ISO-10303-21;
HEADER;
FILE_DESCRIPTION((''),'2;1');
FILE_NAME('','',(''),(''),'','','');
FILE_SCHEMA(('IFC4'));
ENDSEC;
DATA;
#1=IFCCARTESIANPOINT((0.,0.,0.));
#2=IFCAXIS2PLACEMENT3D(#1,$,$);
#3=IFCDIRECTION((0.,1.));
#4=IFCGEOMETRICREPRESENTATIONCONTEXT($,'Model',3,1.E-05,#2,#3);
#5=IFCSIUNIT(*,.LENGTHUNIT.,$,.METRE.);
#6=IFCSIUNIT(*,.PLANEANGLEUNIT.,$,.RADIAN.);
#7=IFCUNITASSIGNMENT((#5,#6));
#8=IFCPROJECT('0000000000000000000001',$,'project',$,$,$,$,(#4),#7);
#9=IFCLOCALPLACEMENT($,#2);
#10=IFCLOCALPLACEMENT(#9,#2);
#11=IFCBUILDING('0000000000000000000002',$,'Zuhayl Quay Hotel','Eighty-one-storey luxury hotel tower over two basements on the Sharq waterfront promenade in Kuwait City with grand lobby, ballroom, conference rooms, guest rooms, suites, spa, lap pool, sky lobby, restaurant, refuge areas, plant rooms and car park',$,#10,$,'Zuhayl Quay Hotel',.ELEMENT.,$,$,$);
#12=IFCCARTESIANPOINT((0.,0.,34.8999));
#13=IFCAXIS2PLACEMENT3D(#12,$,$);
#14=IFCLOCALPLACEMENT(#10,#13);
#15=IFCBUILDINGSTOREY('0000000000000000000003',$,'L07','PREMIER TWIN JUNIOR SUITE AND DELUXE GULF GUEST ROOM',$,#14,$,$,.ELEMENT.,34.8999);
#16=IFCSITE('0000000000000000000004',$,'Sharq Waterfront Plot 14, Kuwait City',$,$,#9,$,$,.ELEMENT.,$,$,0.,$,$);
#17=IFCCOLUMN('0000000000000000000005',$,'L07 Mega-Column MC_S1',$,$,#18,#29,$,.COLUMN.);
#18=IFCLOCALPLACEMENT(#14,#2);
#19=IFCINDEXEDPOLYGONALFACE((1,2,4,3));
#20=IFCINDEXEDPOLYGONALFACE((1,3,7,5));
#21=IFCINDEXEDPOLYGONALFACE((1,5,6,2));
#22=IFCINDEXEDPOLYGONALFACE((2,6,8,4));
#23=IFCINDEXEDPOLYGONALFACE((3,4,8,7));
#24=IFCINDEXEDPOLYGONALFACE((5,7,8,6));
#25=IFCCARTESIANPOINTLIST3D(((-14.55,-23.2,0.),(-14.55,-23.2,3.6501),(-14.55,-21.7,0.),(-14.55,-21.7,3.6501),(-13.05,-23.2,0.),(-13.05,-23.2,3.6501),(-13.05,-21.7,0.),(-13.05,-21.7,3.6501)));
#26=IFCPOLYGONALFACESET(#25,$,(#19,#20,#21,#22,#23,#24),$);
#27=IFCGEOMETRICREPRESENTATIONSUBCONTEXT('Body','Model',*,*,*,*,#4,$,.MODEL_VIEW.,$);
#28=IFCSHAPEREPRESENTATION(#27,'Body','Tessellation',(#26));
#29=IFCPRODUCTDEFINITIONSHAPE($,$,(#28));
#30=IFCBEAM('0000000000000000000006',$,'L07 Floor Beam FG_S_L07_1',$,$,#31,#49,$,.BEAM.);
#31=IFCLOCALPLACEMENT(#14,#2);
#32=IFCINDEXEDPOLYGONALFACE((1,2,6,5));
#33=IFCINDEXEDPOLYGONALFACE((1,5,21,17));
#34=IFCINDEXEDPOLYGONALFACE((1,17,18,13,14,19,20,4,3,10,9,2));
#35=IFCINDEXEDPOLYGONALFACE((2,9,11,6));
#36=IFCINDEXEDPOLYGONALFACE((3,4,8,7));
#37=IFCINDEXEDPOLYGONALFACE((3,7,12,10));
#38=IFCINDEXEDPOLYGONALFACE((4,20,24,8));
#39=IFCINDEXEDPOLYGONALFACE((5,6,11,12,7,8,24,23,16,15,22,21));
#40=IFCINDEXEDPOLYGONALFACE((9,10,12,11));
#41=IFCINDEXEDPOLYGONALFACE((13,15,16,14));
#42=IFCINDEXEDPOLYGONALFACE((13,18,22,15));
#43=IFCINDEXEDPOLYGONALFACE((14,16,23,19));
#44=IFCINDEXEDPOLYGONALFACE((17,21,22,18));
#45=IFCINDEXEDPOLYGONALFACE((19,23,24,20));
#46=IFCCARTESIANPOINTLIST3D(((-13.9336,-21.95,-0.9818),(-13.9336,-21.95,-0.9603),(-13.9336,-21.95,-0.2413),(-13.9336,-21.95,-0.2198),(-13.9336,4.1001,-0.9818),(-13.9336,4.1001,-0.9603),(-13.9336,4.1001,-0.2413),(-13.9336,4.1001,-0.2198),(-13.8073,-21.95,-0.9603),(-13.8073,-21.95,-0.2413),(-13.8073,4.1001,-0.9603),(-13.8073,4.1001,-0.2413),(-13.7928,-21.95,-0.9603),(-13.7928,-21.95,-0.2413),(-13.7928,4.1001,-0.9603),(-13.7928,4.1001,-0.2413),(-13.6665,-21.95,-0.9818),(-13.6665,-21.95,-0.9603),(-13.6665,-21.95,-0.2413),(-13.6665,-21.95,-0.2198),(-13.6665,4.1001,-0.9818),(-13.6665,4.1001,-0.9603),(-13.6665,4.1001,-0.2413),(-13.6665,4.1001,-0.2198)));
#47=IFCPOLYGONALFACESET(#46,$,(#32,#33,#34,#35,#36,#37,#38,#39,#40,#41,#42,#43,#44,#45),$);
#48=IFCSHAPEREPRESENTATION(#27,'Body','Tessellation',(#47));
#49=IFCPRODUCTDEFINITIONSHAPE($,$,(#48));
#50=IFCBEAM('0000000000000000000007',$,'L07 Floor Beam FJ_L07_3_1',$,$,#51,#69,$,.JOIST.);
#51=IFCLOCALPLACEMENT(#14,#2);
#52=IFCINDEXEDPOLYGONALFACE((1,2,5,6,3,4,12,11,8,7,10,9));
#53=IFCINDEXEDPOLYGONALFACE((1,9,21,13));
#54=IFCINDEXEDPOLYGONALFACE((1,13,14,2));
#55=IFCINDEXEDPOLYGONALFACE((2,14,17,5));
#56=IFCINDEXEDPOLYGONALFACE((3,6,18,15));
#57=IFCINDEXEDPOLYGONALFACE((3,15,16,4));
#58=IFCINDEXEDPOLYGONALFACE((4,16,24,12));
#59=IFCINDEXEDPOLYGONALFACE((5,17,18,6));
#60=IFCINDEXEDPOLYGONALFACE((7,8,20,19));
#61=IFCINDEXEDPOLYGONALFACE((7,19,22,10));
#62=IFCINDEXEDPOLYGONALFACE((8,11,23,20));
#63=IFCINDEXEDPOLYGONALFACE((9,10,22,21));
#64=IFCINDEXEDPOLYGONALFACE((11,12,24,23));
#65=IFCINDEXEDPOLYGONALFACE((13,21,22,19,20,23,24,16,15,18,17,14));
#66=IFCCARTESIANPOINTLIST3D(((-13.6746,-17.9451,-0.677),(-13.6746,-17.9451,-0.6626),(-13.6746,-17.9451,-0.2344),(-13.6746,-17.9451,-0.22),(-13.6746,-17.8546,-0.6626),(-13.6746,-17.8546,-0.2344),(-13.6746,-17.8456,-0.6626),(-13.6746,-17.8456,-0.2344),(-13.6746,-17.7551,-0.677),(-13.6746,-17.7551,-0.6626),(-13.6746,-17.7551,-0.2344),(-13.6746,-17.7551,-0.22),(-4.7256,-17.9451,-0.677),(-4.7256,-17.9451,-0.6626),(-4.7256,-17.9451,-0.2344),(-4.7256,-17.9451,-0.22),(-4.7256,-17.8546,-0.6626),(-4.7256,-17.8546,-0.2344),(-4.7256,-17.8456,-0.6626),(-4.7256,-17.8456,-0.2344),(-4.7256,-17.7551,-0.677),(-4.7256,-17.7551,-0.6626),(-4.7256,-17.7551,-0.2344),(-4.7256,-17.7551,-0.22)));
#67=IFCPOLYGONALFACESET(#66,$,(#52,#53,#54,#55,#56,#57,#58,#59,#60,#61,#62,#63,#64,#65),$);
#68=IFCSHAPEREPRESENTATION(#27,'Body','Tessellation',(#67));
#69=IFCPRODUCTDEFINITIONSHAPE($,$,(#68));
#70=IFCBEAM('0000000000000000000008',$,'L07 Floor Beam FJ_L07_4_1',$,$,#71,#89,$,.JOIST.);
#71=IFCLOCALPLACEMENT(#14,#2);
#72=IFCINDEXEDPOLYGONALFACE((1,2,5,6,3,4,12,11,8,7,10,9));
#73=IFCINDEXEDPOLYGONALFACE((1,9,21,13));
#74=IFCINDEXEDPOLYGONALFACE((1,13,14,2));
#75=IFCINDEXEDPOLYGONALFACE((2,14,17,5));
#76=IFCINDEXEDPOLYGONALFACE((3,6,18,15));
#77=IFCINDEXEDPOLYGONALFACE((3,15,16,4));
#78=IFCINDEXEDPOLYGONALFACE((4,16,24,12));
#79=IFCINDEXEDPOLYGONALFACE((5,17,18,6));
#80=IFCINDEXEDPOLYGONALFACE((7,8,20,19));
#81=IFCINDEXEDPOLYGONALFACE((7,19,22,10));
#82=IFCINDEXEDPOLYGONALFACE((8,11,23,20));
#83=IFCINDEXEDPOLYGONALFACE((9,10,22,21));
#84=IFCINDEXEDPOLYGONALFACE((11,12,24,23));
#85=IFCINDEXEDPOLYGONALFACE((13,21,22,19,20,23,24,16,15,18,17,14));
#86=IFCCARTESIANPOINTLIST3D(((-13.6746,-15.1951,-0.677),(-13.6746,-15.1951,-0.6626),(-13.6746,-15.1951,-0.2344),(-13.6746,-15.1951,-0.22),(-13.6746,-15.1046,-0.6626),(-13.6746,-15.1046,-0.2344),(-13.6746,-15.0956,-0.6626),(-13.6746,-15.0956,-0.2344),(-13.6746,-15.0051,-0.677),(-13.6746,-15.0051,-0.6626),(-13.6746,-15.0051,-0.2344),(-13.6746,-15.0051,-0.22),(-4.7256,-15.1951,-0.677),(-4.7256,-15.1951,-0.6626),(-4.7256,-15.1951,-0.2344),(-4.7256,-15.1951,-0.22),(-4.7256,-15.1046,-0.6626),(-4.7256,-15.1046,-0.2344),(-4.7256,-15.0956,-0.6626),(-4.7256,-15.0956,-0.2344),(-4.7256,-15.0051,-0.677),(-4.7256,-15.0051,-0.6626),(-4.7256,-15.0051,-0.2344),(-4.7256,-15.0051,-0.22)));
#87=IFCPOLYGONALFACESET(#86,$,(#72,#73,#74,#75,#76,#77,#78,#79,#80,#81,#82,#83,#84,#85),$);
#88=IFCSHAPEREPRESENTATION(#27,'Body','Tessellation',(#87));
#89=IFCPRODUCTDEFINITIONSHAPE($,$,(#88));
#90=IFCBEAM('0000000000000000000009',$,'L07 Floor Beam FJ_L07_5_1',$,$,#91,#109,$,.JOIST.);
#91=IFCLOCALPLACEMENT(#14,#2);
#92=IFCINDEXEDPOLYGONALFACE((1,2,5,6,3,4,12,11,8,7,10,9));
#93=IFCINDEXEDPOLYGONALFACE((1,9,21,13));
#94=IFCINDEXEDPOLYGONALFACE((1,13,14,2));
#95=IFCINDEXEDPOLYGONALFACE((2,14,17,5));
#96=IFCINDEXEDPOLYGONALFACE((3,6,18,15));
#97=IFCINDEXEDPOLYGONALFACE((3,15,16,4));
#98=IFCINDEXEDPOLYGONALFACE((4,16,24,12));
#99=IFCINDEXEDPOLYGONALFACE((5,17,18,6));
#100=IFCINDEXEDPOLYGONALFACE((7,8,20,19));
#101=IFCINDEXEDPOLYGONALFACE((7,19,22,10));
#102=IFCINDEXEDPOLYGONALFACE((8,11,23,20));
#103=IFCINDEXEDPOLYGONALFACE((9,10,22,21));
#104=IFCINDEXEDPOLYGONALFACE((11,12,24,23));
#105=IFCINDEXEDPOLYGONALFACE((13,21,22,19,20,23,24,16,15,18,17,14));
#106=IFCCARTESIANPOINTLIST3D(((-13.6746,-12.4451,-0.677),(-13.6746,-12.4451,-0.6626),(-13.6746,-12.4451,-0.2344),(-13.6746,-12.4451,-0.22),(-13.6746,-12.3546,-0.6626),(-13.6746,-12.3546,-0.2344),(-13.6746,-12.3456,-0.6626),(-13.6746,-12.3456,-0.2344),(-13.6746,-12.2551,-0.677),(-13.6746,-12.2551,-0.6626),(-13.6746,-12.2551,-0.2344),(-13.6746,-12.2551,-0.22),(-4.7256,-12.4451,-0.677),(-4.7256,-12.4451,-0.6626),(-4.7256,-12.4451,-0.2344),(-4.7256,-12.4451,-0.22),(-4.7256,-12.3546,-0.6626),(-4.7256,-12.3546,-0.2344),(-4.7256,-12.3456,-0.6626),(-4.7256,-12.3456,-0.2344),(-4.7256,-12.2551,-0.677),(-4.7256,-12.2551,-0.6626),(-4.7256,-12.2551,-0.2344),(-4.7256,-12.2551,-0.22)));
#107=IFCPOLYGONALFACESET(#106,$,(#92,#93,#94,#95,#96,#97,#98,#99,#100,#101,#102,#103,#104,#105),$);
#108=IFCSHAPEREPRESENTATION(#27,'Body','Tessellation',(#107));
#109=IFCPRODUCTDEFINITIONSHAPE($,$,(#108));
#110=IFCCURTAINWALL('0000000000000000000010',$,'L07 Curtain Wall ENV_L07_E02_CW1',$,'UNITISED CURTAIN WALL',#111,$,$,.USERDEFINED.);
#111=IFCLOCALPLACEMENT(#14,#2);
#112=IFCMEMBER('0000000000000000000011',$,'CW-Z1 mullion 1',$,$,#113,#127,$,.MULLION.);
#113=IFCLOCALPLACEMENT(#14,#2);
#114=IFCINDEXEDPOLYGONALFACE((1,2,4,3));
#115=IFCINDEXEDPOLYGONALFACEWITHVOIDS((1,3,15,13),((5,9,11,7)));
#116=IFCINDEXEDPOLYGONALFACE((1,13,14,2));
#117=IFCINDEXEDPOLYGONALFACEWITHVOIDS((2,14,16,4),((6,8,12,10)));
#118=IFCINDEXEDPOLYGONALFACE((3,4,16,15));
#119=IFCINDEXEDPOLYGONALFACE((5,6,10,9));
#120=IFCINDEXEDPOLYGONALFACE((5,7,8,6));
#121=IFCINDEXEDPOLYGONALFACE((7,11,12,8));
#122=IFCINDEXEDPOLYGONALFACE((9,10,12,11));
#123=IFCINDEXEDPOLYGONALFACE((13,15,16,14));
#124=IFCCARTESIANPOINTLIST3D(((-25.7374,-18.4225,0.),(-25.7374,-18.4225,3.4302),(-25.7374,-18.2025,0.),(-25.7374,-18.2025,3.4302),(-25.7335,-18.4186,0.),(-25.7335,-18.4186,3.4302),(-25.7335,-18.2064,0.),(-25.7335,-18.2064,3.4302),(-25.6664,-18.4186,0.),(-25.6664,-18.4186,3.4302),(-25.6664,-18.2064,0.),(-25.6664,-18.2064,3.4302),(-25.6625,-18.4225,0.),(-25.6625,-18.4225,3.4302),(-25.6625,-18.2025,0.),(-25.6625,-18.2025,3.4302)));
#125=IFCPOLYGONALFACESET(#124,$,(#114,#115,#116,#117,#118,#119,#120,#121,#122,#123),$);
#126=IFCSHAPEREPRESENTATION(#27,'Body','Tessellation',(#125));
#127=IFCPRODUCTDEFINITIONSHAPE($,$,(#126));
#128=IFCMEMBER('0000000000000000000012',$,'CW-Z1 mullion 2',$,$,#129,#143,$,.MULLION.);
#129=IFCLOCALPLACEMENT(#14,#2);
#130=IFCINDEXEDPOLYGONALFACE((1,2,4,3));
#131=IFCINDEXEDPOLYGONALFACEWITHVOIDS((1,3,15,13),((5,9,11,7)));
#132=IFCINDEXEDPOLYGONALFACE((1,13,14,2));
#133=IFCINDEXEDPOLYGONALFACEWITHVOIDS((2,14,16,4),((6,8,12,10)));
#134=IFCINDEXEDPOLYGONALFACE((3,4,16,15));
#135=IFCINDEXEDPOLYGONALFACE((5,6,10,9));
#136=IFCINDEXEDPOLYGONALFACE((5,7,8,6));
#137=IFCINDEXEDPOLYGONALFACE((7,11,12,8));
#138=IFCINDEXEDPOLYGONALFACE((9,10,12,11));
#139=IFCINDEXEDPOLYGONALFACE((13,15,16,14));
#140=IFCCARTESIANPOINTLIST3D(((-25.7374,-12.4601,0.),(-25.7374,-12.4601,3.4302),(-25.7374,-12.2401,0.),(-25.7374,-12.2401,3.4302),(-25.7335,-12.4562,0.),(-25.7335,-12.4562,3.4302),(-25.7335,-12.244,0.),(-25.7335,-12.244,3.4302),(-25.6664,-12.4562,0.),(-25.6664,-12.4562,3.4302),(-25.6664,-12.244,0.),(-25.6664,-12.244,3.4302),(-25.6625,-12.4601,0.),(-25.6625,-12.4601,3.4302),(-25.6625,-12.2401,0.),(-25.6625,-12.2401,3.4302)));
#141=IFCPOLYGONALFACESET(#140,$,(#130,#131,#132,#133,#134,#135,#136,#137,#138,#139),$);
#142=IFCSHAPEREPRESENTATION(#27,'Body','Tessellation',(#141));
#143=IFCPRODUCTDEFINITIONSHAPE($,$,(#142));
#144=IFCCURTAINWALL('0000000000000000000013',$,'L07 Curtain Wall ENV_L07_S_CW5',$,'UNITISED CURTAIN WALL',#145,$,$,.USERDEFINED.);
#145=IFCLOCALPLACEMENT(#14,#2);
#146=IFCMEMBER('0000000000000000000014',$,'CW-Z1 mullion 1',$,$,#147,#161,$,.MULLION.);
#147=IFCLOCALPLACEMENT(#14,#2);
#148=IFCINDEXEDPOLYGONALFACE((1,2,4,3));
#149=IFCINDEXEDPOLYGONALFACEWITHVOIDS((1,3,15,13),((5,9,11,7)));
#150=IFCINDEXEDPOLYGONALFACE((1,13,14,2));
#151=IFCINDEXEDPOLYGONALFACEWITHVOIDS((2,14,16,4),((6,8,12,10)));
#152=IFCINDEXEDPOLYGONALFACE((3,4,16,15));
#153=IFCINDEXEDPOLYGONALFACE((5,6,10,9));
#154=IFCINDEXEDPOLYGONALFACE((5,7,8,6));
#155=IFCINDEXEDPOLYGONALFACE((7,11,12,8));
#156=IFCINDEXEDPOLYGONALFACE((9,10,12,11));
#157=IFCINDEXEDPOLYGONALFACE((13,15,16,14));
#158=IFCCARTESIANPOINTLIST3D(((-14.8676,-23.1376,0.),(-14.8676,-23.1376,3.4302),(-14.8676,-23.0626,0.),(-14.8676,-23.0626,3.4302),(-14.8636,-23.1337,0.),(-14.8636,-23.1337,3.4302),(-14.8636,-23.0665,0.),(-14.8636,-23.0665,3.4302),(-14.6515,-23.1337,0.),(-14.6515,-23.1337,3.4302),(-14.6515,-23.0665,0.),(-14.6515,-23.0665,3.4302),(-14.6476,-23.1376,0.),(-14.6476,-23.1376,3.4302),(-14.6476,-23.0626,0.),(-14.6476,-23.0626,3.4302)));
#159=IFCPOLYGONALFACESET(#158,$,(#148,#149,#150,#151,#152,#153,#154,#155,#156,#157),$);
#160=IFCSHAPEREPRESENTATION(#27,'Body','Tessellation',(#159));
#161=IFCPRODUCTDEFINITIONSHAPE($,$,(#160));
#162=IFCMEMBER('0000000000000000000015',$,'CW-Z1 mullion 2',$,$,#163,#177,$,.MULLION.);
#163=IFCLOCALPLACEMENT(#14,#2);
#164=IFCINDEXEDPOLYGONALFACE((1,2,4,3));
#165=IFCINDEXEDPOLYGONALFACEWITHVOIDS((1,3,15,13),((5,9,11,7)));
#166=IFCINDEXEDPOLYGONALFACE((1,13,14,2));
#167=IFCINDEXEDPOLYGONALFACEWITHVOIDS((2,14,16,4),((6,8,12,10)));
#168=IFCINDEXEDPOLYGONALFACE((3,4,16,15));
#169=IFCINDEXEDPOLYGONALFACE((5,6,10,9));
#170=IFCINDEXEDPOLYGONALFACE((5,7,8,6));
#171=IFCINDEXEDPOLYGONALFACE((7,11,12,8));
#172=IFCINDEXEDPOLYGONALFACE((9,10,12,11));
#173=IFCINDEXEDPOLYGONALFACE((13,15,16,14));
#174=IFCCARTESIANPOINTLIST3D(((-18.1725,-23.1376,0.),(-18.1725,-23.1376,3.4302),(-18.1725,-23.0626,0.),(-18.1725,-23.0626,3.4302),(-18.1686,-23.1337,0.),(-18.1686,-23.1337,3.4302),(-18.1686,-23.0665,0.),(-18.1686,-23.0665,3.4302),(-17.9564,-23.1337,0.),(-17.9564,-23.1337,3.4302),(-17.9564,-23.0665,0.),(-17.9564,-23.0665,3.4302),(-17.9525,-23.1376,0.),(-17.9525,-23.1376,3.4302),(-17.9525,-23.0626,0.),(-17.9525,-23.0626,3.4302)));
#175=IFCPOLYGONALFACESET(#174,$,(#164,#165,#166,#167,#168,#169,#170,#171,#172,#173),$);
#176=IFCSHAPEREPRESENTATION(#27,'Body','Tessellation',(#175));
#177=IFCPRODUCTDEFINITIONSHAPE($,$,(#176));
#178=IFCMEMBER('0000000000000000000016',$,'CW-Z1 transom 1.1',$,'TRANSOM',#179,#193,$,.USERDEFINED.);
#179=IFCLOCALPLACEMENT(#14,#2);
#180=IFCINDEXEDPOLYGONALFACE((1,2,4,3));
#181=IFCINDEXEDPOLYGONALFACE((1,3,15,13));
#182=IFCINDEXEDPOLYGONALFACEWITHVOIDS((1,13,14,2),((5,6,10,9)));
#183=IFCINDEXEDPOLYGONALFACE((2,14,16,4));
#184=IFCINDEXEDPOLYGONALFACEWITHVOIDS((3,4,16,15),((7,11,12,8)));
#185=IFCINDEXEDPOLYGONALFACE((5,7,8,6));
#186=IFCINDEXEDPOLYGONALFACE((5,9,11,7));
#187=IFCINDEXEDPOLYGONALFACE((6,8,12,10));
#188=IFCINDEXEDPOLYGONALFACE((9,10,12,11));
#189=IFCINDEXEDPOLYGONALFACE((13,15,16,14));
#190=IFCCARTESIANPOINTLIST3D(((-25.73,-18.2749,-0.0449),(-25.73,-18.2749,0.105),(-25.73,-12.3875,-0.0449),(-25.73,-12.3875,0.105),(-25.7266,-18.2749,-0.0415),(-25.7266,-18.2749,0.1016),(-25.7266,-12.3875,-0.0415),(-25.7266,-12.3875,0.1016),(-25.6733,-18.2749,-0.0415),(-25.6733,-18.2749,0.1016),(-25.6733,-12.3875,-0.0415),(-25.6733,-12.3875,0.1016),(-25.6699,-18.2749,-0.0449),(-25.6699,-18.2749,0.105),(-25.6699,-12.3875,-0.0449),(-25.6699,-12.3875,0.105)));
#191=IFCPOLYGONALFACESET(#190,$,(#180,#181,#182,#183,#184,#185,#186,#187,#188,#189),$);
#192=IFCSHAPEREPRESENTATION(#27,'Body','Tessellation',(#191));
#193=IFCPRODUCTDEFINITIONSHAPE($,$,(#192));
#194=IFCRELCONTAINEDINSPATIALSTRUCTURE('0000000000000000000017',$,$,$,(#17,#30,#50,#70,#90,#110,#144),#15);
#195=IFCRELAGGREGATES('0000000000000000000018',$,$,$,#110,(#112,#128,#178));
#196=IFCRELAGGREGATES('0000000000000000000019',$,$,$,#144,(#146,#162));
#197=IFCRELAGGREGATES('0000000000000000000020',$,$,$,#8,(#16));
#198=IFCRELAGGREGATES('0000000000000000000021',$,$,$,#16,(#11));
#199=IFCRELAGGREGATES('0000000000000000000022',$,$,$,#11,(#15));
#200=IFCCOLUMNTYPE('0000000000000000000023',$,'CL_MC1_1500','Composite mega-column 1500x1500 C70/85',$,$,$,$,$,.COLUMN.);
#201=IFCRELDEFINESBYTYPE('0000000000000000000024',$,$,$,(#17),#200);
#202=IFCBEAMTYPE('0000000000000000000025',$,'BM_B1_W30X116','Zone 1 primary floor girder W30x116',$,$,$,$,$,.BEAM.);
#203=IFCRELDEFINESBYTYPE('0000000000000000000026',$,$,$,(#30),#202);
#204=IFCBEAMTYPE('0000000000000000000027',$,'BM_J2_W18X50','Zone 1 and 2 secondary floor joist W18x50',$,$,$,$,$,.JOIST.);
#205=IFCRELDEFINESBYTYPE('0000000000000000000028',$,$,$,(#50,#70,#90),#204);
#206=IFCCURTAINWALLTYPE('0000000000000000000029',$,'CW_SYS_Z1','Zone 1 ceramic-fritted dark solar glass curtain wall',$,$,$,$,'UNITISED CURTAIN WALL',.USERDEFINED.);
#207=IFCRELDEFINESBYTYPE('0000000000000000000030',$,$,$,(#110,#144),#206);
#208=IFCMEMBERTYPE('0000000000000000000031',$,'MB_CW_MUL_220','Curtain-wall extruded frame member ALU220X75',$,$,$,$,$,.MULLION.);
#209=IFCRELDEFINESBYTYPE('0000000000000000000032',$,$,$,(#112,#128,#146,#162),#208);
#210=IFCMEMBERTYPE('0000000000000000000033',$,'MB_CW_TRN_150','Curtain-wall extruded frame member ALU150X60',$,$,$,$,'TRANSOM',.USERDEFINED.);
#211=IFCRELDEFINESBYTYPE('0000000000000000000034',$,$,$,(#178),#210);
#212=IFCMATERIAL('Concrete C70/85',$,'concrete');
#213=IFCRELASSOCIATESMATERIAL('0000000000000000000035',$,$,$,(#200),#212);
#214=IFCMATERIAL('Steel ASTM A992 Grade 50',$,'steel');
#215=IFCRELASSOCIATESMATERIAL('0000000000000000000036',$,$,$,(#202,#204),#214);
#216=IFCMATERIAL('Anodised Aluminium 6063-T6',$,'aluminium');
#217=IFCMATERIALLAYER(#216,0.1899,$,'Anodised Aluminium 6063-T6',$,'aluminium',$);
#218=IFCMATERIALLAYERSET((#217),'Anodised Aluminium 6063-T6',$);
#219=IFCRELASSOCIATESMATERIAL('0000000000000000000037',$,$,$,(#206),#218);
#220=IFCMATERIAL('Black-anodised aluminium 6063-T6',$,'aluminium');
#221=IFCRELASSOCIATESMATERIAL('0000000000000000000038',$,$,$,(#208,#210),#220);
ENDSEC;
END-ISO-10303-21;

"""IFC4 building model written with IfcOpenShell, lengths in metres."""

from ifc_helpers import new_model, si_unit, direction, frame, origin, origin_2d, place, context, subcontext, project, spatial, rectangle, hollow_rectangle, i_section, extrude, material, layer, layer_set, material_profile, profile_set, type_object, element, aggregate, save


model = new_model("IFC4")

# Units and contexts
model_context = context("Model", 3, precision=1e-05, world=origin(), true_north=direction((0.0, 1.0)))
body_context = subcontext(model_context, "Body", "Model", "MODEL_VIEW")
ifc_project = project(units=[si_unit("LENGTHUNIT", "METRE"), si_unit("PLANEANGLEUNIT", "RADIAN")], contexts=[model_context])

# Site, building, storey
site_placement = place(None, origin())
site = spatial("IfcSite", under=ifc_project, at=site_placement, Name="Sharq Waterfront Plot 14, Kuwait City", CompositionType="ELEMENT", RefElevation=0.0)
building_placement = place(site_placement, origin())
building = spatial("IfcBuilding", under=site, at=building_placement, Name="Zuhayl Quay Hotel", Description="Eighty-one-storey luxury hotel tower over two basements on the Sharq waterfront promenade in Kuwait City with grand lobby, ballroom, conference rooms, guest rooms, suites, spa, lap pool, sky lobby, restaurant, refuge areas, plant rooms and car park", LongName="Zuhayl Quay Hotel", CompositionType="ELEMENT")
storey_placement = place(building_placement, frame((0.0, 0.0, 34.8999)))
storey = spatial("IfcBuildingStorey", under=building, at=storey_placement, Name="L07", Description="PREMIER TWIN JUNIOR SUITE AND DELUXE GULF GUEST ROOM", CompositionType="ELEMENT", Elevation=34.8999)

# Column
ifc_material_1 = material(Name="Concrete C70/85", Category="concrete")
ifc_material_profile_1 = material_profile(ifc_material_1, rectangle(XDim=1.5, YDim=1.5, at=origin_2d()), Name="RC1500X1500")
ifc_profile_set_1 = profile_set([ifc_material_profile_1], Name="Concrete C70/85")
column_type = type_object("IfcColumnType", Name="CL_MC1_1500", Description="Composite mega-column 1500x1500 C70/85", PredefinedType="COLUMN", material=ifc_profile_set_1)
column_placement = place(storey_placement, frame((-13.8, -22.45, 0.0), z_axis=(0.0, 0.0, 1.0), x_axis=(1.0, 0.0, 0.0)))
element("IfcColumn", 1, at=column_placement, inside=storey, type_object=column_type, Name="L07 Mega-Column MC_S1", PredefinedType="COLUMN", context=body_context, shape_type="SweptSolid", body=[
    extrude(rectangle(XDim=1.5, YDim=1.5, at=origin_2d()), origin(), (0.0, 0.0, 1.0), 3.6501),
])

# Beams
ifc_material_2 = material(Name="Steel ASTM A992 Grade 50", Category="steel")
ifc_material_profile_2 = material_profile(ifc_material_2, i_section(OverallWidth=0.2671, OverallDepth=0.762, WebThickness=0.0144, FlangeThickness=0.0215, at=origin_2d()), Name="W30X116")
ifc_profile_set_2 = profile_set([ifc_material_profile_2], Name="Steel ASTM A992 Grade 50")
beam_type_1 = type_object("IfcBeamType", Name="BM_B1_W30X116", Description="Zone 1 primary floor girder W30x116", PredefinedType="BEAM", material=ifc_profile_set_2)
beam_placement = place(storey_placement, frame((-13.8, -21.95, -0.6008), z_axis=(0.0, 1.0, 0.0), x_axis=(-1.0, 0.0, 0.0)))
element("IfcBeam", 2, at=beam_placement, inside=storey, type_object=beam_type_1, Name="L07 Floor Beam FG_S_L07_1", PredefinedType="BEAM", context=body_context, shape_type="SweptSolid", body=[
    extrude(i_section(OverallWidth=0.2671, OverallDepth=0.762, WebThickness=0.0144, FlangeThickness=0.0215, at=origin_2d()), origin(), (0.0, 0.0, 1.0), 26.05),
])
ifc_material_profile_3 = material_profile(ifc_material_2, i_section(OverallWidth=0.1899, OverallDepth=0.457, WebThickness=0.009, FlangeThickness=0.0144, at=origin_2d()), Name="W18X50")
ifc_profile_set_3 = profile_set([ifc_material_profile_3], Name="Steel ASTM A992 Grade 50")
beam_type_2 = type_object("IfcBeamType", Name="BM_J2_W18X50", Description="Zone 1 and 2 secondary floor joist W18x50", PredefinedType="JOIST", material=ifc_profile_set_3)
for number, where, z_axis, x_axis, name in (
    (3, (-13.6746, -17.8501, -0.4485), (1.0, 0.0, 0.0), (0.0, 1.0, 0.0), "L07 Floor Beam FJ_L07_3_1"),
    (4, (-13.6746, -15.1001, -0.4485), (1.0, 0.0, 0.0), (0.0, 1.0, 0.0), "L07 Floor Beam FJ_L07_4_1"),
    (5, (-13.6746, -12.3501, -0.4485), (1.0, 0.0, 0.0), (0.0, 1.0, 0.0), "L07 Floor Beam FJ_L07_5_1"),
):
    element("IfcBeam", number, at=place(storey_placement, frame(where, z_axis=z_axis, x_axis=x_axis)), inside=storey, type_object=beam_type_2, Name=name, PredefinedType="JOIST", context=body_context, shape_type="SweptSolid", body=[
        extrude(i_section(OverallWidth=0.1899, OverallDepth=0.457, WebThickness=0.009, FlangeThickness=0.0144, at=origin_2d()), origin(), (0.0, 0.0, 1.0), 8.949),
    ])

# Curtain walls, members
ifc_material_3 = material(Name="Anodised Aluminium 6063-T6", Category="aluminium")
ifc_layer_1 = layer(ifc_material_3, 0.1899, Name="Anodised Aluminium 6063-T6", Category="aluminium")
ifc_layer_set_1 = layer_set([ifc_layer_1], Name="Anodised Aluminium 6063-T6")
curtain_wall_type = type_object("IfcCurtainWallType", Name="CW_SYS_Z1", Description="Zone 1 ceramic-fritted dark solar glass curtain wall", ElementType="UNITISED CURTAIN WALL", PredefinedType="USERDEFINED", material=ifc_layer_set_1)
curtain_wall_1_placement = place(storey_placement, origin())
curtain_wall_1 = element("IfcCurtainWall", 6, at=curtain_wall_1_placement, inside=storey, type_object=curtain_wall_type, Name="L07 Curtain Wall ENV_L07_E02_CW1", ObjectType="UNITISED CURTAIN WALL", PredefinedType="USERDEFINED")
ifc_material_4 = material(Name="Black-anodised aluminium 6063-T6", Category="aluminium")
ifc_material_profile_4 = material_profile(ifc_material_4, hollow_rectangle(XDim=0.075, YDim=0.22, WallThickness=0.0039, at=origin_2d()), Name="ALU220X75")
ifc_profile_set_4 = profile_set([ifc_material_profile_4], Name="Black-anodised aluminium 6063-T6")
member_type_1 = type_object("IfcMemberType", Name="MB_CW_MUL_220", Description="Curtain-wall extruded frame member ALU220X75", PredefinedType="MULLION", material=ifc_profile_set_4)
member_1_placement = place(storey_placement, frame((-25.7, -18.3125, 0.0), z_axis=(0.0, 0.0, 1.0), x_axis=(-1.0, 0.0, 0.0)))
member_1 = element("IfcMember", 7, at=member_1_placement, type_object=member_type_1, Name="CW-Z1 mullion 1", PredefinedType="MULLION", context=body_context, shape_type="SweptSolid", body=[
    extrude(hollow_rectangle(XDim=0.075, YDim=0.22, WallThickness=0.0039, at=origin_2d()), origin(), (0.0, 0.0, 1.0), 3.4302),
])
member_2_placement = place(storey_placement, frame((-25.7, -12.3501, 0.0), z_axis=(0.0, 0.0, 1.0), x_axis=(-1.0, 0.0, 0.0)))
member_2 = element("IfcMember", 8, at=member_2_placement, type_object=member_type_1, Name="CW-Z1 mullion 2", PredefinedType="MULLION", context=body_context, shape_type="SweptSolid", body=[
    extrude(hollow_rectangle(XDim=0.075, YDim=0.22, WallThickness=0.0039, at=origin_2d()), origin(), (0.0, 0.0, 1.0), 3.4302),
])
curtain_wall_2_placement = place(storey_placement, origin())
curtain_wall_2 = element("IfcCurtainWall", 9, at=curtain_wall_2_placement, inside=storey, type_object=curtain_wall_type, Name="L07 Curtain Wall ENV_L07_S_CW5", ObjectType="UNITISED CURTAIN WALL", PredefinedType="USERDEFINED")
member_3_placement = place(storey_placement, frame((-14.7576, -23.1001, 0.0), z_axis=(0.0, 0.0, 1.0), x_axis=(0.0, -1.0, 0.0)))
member_3 = element("IfcMember", 10, at=member_3_placement, type_object=member_type_1, Name="CW-Z1 mullion 1", PredefinedType="MULLION", context=body_context, shape_type="SweptSolid", body=[
    extrude(hollow_rectangle(XDim=0.075, YDim=0.22, WallThickness=0.0039, at=origin_2d()), origin(), (0.0, 0.0, 1.0), 3.4302),
])
member_4_placement = place(storey_placement, frame((-18.0625, -23.1001, 0.0), z_axis=(0.0, 0.0, 1.0), x_axis=(0.0, -1.0, 0.0)))
member_4 = element("IfcMember", 11, at=member_4_placement, type_object=member_type_1, Name="CW-Z1 mullion 2", PredefinedType="MULLION", context=body_context, shape_type="SweptSolid", body=[
    extrude(hollow_rectangle(XDim=0.075, YDim=0.22, WallThickness=0.0039, at=origin_2d()), origin(), (0.0, 0.0, 1.0), 3.4302),
])

# Member
ifc_material_profile_5 = material_profile(ifc_material_4, hollow_rectangle(XDim=0.0601, YDim=0.1499, WallThickness=0.0034, at=origin_2d()), Name="ALU150X60")
ifc_profile_set_5 = profile_set([ifc_material_profile_5], Name="Black-anodised aluminium 6063-T6")
member_type_2 = type_object("IfcMemberType", Name="MB_CW_TRN_150", Description="Curtain-wall extruded frame member ALU150X60", ElementType="TRANSOM", PredefinedType="USERDEFINED", material=ifc_profile_set_5)
member_5_placement = place(storey_placement, frame((-25.7, -18.2749, 0.03), z_axis=(0.0, 1.0, 0.0), x_axis=(-1.0, 0.0, 0.0)))
member_5 = element("IfcMember", 12, at=member_5_placement, type_object=member_type_2, Name="CW-Z1 transom 1.1", ObjectType="TRANSOM", PredefinedType="USERDEFINED", context=body_context, shape_type="SweptSolid", body=[
    extrude(hollow_rectangle(XDim=0.0601, YDim=0.1499, WallThickness=0.0034, at=origin_2d()), origin(), (0.0, 0.0, 1.0), 5.8875),
])

aggregate(curtain_wall_1, [member_1, member_2, member_5])
aggregate(curtain_wall_2, [member_3, member_4])

save(model, "model.ifc")
